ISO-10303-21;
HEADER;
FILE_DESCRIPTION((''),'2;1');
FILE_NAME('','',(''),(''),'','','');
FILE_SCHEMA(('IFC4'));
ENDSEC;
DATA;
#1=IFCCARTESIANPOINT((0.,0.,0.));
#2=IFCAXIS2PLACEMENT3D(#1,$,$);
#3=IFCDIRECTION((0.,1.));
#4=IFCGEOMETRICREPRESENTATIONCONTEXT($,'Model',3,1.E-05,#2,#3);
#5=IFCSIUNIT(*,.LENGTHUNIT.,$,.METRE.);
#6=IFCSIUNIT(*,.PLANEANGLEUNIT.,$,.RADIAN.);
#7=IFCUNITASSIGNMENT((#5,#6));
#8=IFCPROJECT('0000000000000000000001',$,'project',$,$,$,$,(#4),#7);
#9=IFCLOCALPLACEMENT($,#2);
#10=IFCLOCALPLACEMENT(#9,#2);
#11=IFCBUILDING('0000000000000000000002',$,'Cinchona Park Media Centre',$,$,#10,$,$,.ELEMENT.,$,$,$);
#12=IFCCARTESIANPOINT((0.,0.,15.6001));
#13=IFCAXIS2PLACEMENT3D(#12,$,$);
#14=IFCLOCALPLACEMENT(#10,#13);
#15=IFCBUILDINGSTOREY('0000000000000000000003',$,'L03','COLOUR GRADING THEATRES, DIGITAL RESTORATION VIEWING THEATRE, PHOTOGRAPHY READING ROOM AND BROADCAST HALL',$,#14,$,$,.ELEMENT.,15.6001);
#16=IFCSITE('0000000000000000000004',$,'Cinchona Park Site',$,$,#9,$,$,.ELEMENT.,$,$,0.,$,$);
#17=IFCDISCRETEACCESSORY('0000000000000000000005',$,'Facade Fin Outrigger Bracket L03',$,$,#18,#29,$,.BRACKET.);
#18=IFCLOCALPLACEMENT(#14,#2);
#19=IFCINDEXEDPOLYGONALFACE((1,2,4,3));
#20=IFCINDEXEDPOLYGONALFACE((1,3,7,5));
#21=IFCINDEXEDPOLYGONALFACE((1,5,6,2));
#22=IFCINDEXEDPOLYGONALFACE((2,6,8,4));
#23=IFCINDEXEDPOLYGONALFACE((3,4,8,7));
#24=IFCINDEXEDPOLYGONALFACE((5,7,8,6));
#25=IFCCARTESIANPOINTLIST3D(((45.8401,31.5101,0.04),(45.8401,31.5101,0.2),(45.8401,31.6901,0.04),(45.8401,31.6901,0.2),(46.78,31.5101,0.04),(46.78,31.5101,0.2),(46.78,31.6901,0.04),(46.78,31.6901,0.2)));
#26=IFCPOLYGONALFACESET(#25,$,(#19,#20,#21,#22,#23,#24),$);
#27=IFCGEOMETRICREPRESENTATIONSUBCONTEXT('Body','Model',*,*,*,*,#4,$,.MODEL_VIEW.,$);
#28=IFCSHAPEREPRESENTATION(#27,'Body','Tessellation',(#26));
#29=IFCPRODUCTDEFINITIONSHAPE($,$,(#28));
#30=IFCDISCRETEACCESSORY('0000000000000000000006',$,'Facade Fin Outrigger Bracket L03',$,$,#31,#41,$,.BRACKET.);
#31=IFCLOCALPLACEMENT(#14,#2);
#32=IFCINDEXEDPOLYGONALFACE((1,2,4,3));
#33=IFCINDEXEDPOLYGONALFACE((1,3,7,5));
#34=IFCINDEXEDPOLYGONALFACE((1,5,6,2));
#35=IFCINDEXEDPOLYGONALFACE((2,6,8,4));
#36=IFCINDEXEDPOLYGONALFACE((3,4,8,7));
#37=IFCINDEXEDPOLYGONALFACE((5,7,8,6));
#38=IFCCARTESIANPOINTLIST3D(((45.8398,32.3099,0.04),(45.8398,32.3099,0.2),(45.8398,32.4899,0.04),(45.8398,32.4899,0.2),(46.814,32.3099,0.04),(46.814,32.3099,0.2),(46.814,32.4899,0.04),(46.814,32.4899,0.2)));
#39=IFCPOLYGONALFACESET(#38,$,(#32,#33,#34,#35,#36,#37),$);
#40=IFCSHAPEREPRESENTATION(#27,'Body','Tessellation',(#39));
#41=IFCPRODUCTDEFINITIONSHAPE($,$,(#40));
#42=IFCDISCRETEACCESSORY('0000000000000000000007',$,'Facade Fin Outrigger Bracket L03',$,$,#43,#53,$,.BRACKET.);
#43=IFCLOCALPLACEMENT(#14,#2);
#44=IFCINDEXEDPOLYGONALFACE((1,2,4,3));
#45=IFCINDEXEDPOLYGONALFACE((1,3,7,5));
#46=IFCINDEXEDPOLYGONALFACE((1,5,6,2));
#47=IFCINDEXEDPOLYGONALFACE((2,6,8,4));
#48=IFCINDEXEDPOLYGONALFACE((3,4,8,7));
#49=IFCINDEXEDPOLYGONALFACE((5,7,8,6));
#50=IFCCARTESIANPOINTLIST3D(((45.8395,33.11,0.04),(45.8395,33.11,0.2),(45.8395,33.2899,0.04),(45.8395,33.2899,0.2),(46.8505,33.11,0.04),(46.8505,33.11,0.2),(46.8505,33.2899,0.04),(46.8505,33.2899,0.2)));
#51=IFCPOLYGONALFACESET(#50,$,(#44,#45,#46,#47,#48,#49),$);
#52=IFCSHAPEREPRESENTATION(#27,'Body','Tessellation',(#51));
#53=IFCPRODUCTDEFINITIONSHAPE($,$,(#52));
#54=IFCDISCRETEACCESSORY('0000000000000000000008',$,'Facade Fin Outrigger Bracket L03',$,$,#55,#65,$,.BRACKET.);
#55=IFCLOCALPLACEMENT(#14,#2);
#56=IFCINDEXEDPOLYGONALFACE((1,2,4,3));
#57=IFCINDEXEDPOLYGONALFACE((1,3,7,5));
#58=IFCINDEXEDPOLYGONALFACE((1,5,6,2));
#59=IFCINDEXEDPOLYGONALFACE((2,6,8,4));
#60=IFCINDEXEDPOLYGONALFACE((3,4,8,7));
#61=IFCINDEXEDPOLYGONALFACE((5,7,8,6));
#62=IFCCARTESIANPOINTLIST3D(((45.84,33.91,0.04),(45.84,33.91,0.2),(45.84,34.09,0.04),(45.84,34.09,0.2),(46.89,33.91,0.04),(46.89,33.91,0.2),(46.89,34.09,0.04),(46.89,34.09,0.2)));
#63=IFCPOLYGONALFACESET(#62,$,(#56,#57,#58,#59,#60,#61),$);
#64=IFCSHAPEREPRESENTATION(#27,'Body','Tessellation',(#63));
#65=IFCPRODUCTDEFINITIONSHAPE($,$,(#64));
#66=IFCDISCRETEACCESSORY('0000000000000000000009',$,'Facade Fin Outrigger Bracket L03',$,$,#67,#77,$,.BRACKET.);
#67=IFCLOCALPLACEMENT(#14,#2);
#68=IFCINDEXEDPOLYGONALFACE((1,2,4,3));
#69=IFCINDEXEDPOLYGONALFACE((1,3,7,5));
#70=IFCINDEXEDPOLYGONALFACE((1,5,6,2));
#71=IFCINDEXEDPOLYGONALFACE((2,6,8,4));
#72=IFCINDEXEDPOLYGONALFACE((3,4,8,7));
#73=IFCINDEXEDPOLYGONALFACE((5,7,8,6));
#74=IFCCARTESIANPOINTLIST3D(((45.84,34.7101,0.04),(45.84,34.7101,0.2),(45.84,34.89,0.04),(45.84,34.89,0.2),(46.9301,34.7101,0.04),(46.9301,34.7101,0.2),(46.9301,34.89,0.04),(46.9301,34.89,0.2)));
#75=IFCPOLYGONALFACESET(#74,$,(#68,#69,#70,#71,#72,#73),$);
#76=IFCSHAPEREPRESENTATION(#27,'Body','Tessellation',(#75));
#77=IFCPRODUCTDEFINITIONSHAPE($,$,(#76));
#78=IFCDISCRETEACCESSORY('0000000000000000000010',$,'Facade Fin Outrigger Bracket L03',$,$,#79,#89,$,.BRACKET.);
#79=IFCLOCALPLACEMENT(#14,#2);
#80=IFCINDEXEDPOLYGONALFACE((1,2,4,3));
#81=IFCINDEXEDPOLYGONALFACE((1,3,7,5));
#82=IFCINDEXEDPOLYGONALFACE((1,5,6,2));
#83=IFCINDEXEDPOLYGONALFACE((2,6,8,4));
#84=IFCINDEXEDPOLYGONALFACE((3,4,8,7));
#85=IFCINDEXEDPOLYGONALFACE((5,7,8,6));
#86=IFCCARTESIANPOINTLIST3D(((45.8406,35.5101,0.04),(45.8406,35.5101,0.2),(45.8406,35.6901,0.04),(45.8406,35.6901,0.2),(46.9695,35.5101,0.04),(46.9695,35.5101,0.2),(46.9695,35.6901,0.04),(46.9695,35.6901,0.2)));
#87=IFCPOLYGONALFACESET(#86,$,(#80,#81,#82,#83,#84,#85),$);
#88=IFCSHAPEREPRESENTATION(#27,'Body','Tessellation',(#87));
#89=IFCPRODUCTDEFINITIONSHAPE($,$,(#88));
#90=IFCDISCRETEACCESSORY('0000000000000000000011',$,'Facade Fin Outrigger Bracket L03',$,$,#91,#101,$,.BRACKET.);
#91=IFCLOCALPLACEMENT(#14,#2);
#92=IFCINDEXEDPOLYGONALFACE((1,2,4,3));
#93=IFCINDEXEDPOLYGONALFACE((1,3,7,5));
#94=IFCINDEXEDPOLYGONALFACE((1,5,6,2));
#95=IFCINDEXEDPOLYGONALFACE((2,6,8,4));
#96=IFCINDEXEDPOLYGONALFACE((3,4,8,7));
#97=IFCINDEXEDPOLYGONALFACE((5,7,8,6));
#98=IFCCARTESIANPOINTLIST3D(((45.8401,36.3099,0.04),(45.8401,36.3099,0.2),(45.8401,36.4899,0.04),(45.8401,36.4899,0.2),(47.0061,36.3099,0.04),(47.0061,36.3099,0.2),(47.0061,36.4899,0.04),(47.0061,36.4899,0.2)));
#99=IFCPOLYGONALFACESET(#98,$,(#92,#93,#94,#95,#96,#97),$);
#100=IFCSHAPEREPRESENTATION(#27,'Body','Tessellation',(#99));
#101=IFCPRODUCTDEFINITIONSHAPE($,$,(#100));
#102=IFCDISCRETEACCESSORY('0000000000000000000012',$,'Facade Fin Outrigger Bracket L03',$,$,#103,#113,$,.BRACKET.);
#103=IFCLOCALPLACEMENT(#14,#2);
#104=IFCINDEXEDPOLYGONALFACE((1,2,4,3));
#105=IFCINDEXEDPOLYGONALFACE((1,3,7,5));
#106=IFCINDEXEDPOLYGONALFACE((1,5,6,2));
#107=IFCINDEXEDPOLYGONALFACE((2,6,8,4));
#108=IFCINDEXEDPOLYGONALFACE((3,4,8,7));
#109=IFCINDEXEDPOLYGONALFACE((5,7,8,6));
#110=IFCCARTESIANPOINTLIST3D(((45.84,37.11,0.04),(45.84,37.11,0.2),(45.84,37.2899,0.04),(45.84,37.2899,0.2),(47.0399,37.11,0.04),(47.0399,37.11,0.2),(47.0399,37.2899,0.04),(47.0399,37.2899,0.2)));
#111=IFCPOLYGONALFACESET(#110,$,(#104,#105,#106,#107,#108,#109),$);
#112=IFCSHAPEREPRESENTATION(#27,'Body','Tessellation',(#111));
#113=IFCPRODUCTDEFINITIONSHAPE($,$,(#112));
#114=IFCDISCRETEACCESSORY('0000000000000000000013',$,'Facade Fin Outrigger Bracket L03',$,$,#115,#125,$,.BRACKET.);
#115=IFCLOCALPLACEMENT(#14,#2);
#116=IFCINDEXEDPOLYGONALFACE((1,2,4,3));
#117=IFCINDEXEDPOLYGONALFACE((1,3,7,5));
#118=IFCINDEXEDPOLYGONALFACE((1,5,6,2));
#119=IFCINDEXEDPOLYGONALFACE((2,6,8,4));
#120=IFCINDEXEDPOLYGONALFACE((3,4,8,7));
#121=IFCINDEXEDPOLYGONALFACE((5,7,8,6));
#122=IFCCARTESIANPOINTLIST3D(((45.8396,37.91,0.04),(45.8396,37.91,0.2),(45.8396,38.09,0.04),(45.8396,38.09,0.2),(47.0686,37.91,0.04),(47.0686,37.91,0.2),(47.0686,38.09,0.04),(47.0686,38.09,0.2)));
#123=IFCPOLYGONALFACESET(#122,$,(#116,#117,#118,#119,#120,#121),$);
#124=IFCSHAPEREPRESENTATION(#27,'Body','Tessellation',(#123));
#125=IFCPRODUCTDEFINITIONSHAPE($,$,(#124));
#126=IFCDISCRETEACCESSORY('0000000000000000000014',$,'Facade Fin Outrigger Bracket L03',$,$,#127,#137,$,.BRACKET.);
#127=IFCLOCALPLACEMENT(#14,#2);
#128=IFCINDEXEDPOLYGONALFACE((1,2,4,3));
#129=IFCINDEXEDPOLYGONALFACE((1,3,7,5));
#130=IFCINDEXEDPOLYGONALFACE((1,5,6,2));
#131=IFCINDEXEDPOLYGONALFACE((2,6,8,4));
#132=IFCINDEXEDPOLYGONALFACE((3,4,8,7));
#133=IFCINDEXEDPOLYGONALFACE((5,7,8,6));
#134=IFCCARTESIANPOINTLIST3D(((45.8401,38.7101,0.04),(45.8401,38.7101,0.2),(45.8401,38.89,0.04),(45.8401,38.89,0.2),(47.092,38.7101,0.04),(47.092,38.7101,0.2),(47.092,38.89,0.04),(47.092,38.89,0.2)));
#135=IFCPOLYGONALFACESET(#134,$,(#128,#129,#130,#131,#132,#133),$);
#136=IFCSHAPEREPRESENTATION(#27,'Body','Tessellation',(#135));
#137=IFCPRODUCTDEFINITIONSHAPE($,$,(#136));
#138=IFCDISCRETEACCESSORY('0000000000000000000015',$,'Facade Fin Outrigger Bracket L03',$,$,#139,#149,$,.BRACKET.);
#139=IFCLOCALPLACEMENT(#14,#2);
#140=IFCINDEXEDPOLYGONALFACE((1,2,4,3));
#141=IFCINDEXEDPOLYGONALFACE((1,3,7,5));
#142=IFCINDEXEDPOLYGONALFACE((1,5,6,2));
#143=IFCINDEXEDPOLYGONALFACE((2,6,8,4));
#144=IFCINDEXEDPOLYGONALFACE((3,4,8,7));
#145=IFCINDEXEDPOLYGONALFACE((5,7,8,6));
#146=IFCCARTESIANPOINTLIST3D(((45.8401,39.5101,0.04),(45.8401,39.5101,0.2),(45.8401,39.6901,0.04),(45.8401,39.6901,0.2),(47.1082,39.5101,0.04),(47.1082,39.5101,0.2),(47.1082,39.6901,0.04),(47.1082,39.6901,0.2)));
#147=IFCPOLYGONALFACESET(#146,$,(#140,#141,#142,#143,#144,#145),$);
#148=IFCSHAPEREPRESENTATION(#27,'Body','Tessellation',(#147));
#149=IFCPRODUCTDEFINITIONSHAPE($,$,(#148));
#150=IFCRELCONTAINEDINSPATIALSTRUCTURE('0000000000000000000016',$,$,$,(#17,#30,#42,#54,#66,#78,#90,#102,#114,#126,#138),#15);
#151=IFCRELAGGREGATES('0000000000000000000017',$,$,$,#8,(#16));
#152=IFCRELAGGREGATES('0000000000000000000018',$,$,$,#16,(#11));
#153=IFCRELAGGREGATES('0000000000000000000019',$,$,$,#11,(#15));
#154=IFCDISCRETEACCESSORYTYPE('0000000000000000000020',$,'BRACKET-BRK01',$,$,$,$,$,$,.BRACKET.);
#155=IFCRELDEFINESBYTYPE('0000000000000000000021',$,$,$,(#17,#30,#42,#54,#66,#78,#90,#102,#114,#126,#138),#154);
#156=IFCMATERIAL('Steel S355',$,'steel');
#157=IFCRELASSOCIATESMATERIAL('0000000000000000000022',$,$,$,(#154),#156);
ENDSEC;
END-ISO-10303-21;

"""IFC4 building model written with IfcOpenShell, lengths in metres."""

from ifc_helpers import new_model, si_unit, direction, frame, origin, origin_2d, place, context, subcontext, project, spatial, rectangle, extrude, material, type_object, element, save


model = new_model("IFC4")

# Units and contexts
model_context = context("Model", 3, precision=1e-05, world=origin(), true_north=direction((0.0, 1.0)))
body_context = subcontext(model_context, "Body", "Model", "MODEL_VIEW")
ifc_project = project(units=[si_unit("LENGTHUNIT", "METRE"), si_unit("PLANEANGLEUNIT", "RADIAN")], contexts=[model_context])

# Site, building, storey
site_placement = place(None, origin())
site = spatial("IfcSite", under=ifc_project, at=site_placement, Name="Cinchona Park Site", CompositionType="ELEMENT", RefElevation=0.0)
building_placement = place(site_placement, origin())
building = spatial("IfcBuilding", under=site, at=building_placement, Name="Cinchona Park Media Centre", CompositionType="ELEMENT")
storey_placement = place(building_placement, frame((0.0, 0.0, 15.6001)))
storey = spatial("IfcBuildingStorey", under=building, at=storey_placement, Name="L03", Description="COLOUR GRADING THEATRES, DIGITAL RESTORATION VIEWING THEATRE, PHOTOGRAPHY READING ROOM AND BROADCAST HALL", CompositionType="ELEMENT", Elevation=15.6001)

# Discrete accessories
ifc_material_1 = material(Name="Steel S355", Category="steel")
discrete_accessory_type = type_object("IfcDiscreteAccessoryType", Name="BRACKET-BRK01", PredefinedType="BRACKET", material=ifc_material_1)
discrete_accessory_1_placement = place(storey_placement, frame((46.3101, 31.6001, 0.04), z_axis=(0.0, 0.0, 1.0), x_axis=(0.0, 1.0, 0.0)))
element("IfcDiscreteAccessory", 1, at=discrete_accessory_1_placement, inside=storey, type_object=discrete_accessory_type, Name="Facade Fin Outrigger Bracket L03", PredefinedType="BRACKET", context=body_context, shape_type="SweptSolid", body=[
    extrude(rectangle(XDim=0.1799, YDim=0.9399, at=origin_2d()), origin(), (0.0, 0.0, 1.0), 0.1599),
])
discrete_accessory_2_placement = place(storey_placement, frame((46.3269, 32.3999, 0.04), z_axis=(0.0, 0.0, 1.0), x_axis=(0.0, 1.0, 0.0)))
element("IfcDiscreteAccessory", 2, at=discrete_accessory_2_placement, inside=storey, type_object=discrete_accessory_type, Name="Facade Fin Outrigger Bracket L03", PredefinedType="BRACKET", context=body_context, shape_type="SweptSolid", body=[
    extrude(rectangle(XDim=0.1799, YDim=0.9741, at=origin_2d()), origin(), (0.0, 0.0, 1.0), 0.1599),
])
discrete_accessory_3_placement = place(storey_placement, frame((46.345, 33.2, 0.04), z_axis=(0.0, 0.0, 1.0), x_axis=(0.0, 1.0, 0.0)))
element("IfcDiscreteAccessory", 3, at=discrete_accessory_3_placement, inside=storey, type_object=discrete_accessory_type, Name="Facade Fin Outrigger Bracket L03", PredefinedType="BRACKET", context=body_context, shape_type="SweptSolid", body=[
    extrude(rectangle(XDim=0.1799, YDim=1.011, at=origin_2d()), origin(), (0.0, 0.0, 1.0), 0.1599),
])
discrete_accessory_4_placement = place(storey_placement, frame((46.365, 34.0, 0.04), z_axis=(0.0, 0.0, 1.0), x_axis=(0.0, 1.0, 0.0)))
element("IfcDiscreteAccessory", 4, at=discrete_accessory_4_placement, inside=storey, type_object=discrete_accessory_type, Name="Facade Fin Outrigger Bracket L03", PredefinedType="BRACKET", context=body_context, shape_type="SweptSolid", body=[
    extrude(rectangle(XDim=0.1799, YDim=1.05, at=origin_2d()), origin(), (0.0, 0.0, 1.0), 0.1599),
])
discrete_accessory_5_placement = place(storey_placement, frame((46.385, 34.8, 0.04), z_axis=(0.0, 0.0, 1.0), x_axis=(0.0, 1.0, 0.0)))
element("IfcDiscreteAccessory", 5, at=discrete_accessory_5_placement, inside=storey, type_object=discrete_accessory_type, Name="Facade Fin Outrigger Bracket L03", PredefinedType="BRACKET", context=body_context, shape_type="SweptSolid", body=[
    extrude(rectangle(XDim=0.1799, YDim=1.0901, at=origin_2d()), origin(), (0.0, 0.0, 1.0), 0.1599),
])
discrete_accessory_6_placement = place(storey_placement, frame((46.405, 35.6001, 0.04), z_axis=(0.0, 0.0, 1.0), x_axis=(0.0, 1.0, 0.0)))
element("IfcDiscreteAccessory", 6, at=discrete_accessory_6_placement, inside=storey, type_object=discrete_accessory_type, Name="Facade Fin Outrigger Bracket L03", PredefinedType="BRACKET", context=body_context, shape_type="SweptSolid", body=[
    extrude(rectangle(XDim=0.1799, YDim=1.1289, at=origin_2d()), origin(), (0.0, 0.0, 1.0), 0.1599),
])
discrete_accessory_7_placement = place(storey_placement, frame((46.4231, 36.3999, 0.04), z_axis=(0.0, 0.0, 1.0), x_axis=(0.0, 1.0, 0.0)))
element("IfcDiscreteAccessory", 7, at=discrete_accessory_7_placement, inside=storey, type_object=discrete_accessory_type, Name="Facade Fin Outrigger Bracket L03", PredefinedType="BRACKET", context=body_context, shape_type="SweptSolid", body=[
    extrude(rectangle(XDim=0.1799, YDim=1.166, at=origin_2d()), origin(), (0.0, 0.0, 1.0), 0.1599),
])
discrete_accessory_8_placement = place(storey_placement, frame((46.4399, 37.2, 0.04), z_axis=(0.0, 0.0, 1.0), x_axis=(0.0, 1.0, 0.0)))
element("IfcDiscreteAccessory", 8, at=discrete_accessory_8_placement, inside=storey, type_object=discrete_accessory_type, Name="Facade Fin Outrigger Bracket L03", PredefinedType="BRACKET", context=body_context, shape_type="SweptSolid", body=[
    extrude(rectangle(XDim=0.1799, YDim=1.2, at=origin_2d()), origin(), (0.0, 0.0, 1.0), 0.1599),
])
discrete_accessory_9_placement = place(storey_placement, frame((46.4541, 38.0, 0.04), z_axis=(0.0, 0.0, 1.0), x_axis=(0.0, 1.0, 0.0)))
element("IfcDiscreteAccessory", 9, at=discrete_accessory_9_placement, inside=storey, type_object=discrete_accessory_type, Name="Facade Fin Outrigger Bracket L03", PredefinedType="BRACKET", context=body_context, shape_type="SweptSolid", body=[
    extrude(rectangle(XDim=0.1799, YDim=1.229, at=origin_2d()), origin(), (0.0, 0.0, 1.0), 0.1599),
])
discrete_accessory_10_placement = place(storey_placement, frame((46.4661, 38.8, 0.04), z_axis=(0.0, 0.0, 1.0), x_axis=(0.0, 1.0, 0.0)))
element("IfcDiscreteAccessory", 10, at=discrete_accessory_10_placement, inside=storey, type_object=discrete_accessory_type, Name="Facade Fin Outrigger Bracket L03", PredefinedType="BRACKET", context=body_context, shape_type="SweptSolid", body=[
    extrude(rectangle(XDim=0.1799, YDim=1.252, at=origin_2d()), origin(), (0.0, 0.0, 1.0), 0.1599),
])
discrete_accessory_11_placement = place(storey_placement, frame((46.4741, 39.6001, 0.04), z_axis=(0.0, 0.0, 1.0), x_axis=(0.0, 1.0, 0.0)))
element("IfcDiscreteAccessory", 11, at=discrete_accessory_11_placement, inside=storey, type_object=discrete_accessory_type, Name="Facade Fin Outrigger Bracket L03", PredefinedType="BRACKET", context=body_context, shape_type="SweptSolid", body=[
    extrude(rectangle(XDim=0.1799, YDim=1.2681, at=origin_2d()), origin(), (0.0, 0.0, 1.0), 0.1599),
])

save(model, "model.ifc")
